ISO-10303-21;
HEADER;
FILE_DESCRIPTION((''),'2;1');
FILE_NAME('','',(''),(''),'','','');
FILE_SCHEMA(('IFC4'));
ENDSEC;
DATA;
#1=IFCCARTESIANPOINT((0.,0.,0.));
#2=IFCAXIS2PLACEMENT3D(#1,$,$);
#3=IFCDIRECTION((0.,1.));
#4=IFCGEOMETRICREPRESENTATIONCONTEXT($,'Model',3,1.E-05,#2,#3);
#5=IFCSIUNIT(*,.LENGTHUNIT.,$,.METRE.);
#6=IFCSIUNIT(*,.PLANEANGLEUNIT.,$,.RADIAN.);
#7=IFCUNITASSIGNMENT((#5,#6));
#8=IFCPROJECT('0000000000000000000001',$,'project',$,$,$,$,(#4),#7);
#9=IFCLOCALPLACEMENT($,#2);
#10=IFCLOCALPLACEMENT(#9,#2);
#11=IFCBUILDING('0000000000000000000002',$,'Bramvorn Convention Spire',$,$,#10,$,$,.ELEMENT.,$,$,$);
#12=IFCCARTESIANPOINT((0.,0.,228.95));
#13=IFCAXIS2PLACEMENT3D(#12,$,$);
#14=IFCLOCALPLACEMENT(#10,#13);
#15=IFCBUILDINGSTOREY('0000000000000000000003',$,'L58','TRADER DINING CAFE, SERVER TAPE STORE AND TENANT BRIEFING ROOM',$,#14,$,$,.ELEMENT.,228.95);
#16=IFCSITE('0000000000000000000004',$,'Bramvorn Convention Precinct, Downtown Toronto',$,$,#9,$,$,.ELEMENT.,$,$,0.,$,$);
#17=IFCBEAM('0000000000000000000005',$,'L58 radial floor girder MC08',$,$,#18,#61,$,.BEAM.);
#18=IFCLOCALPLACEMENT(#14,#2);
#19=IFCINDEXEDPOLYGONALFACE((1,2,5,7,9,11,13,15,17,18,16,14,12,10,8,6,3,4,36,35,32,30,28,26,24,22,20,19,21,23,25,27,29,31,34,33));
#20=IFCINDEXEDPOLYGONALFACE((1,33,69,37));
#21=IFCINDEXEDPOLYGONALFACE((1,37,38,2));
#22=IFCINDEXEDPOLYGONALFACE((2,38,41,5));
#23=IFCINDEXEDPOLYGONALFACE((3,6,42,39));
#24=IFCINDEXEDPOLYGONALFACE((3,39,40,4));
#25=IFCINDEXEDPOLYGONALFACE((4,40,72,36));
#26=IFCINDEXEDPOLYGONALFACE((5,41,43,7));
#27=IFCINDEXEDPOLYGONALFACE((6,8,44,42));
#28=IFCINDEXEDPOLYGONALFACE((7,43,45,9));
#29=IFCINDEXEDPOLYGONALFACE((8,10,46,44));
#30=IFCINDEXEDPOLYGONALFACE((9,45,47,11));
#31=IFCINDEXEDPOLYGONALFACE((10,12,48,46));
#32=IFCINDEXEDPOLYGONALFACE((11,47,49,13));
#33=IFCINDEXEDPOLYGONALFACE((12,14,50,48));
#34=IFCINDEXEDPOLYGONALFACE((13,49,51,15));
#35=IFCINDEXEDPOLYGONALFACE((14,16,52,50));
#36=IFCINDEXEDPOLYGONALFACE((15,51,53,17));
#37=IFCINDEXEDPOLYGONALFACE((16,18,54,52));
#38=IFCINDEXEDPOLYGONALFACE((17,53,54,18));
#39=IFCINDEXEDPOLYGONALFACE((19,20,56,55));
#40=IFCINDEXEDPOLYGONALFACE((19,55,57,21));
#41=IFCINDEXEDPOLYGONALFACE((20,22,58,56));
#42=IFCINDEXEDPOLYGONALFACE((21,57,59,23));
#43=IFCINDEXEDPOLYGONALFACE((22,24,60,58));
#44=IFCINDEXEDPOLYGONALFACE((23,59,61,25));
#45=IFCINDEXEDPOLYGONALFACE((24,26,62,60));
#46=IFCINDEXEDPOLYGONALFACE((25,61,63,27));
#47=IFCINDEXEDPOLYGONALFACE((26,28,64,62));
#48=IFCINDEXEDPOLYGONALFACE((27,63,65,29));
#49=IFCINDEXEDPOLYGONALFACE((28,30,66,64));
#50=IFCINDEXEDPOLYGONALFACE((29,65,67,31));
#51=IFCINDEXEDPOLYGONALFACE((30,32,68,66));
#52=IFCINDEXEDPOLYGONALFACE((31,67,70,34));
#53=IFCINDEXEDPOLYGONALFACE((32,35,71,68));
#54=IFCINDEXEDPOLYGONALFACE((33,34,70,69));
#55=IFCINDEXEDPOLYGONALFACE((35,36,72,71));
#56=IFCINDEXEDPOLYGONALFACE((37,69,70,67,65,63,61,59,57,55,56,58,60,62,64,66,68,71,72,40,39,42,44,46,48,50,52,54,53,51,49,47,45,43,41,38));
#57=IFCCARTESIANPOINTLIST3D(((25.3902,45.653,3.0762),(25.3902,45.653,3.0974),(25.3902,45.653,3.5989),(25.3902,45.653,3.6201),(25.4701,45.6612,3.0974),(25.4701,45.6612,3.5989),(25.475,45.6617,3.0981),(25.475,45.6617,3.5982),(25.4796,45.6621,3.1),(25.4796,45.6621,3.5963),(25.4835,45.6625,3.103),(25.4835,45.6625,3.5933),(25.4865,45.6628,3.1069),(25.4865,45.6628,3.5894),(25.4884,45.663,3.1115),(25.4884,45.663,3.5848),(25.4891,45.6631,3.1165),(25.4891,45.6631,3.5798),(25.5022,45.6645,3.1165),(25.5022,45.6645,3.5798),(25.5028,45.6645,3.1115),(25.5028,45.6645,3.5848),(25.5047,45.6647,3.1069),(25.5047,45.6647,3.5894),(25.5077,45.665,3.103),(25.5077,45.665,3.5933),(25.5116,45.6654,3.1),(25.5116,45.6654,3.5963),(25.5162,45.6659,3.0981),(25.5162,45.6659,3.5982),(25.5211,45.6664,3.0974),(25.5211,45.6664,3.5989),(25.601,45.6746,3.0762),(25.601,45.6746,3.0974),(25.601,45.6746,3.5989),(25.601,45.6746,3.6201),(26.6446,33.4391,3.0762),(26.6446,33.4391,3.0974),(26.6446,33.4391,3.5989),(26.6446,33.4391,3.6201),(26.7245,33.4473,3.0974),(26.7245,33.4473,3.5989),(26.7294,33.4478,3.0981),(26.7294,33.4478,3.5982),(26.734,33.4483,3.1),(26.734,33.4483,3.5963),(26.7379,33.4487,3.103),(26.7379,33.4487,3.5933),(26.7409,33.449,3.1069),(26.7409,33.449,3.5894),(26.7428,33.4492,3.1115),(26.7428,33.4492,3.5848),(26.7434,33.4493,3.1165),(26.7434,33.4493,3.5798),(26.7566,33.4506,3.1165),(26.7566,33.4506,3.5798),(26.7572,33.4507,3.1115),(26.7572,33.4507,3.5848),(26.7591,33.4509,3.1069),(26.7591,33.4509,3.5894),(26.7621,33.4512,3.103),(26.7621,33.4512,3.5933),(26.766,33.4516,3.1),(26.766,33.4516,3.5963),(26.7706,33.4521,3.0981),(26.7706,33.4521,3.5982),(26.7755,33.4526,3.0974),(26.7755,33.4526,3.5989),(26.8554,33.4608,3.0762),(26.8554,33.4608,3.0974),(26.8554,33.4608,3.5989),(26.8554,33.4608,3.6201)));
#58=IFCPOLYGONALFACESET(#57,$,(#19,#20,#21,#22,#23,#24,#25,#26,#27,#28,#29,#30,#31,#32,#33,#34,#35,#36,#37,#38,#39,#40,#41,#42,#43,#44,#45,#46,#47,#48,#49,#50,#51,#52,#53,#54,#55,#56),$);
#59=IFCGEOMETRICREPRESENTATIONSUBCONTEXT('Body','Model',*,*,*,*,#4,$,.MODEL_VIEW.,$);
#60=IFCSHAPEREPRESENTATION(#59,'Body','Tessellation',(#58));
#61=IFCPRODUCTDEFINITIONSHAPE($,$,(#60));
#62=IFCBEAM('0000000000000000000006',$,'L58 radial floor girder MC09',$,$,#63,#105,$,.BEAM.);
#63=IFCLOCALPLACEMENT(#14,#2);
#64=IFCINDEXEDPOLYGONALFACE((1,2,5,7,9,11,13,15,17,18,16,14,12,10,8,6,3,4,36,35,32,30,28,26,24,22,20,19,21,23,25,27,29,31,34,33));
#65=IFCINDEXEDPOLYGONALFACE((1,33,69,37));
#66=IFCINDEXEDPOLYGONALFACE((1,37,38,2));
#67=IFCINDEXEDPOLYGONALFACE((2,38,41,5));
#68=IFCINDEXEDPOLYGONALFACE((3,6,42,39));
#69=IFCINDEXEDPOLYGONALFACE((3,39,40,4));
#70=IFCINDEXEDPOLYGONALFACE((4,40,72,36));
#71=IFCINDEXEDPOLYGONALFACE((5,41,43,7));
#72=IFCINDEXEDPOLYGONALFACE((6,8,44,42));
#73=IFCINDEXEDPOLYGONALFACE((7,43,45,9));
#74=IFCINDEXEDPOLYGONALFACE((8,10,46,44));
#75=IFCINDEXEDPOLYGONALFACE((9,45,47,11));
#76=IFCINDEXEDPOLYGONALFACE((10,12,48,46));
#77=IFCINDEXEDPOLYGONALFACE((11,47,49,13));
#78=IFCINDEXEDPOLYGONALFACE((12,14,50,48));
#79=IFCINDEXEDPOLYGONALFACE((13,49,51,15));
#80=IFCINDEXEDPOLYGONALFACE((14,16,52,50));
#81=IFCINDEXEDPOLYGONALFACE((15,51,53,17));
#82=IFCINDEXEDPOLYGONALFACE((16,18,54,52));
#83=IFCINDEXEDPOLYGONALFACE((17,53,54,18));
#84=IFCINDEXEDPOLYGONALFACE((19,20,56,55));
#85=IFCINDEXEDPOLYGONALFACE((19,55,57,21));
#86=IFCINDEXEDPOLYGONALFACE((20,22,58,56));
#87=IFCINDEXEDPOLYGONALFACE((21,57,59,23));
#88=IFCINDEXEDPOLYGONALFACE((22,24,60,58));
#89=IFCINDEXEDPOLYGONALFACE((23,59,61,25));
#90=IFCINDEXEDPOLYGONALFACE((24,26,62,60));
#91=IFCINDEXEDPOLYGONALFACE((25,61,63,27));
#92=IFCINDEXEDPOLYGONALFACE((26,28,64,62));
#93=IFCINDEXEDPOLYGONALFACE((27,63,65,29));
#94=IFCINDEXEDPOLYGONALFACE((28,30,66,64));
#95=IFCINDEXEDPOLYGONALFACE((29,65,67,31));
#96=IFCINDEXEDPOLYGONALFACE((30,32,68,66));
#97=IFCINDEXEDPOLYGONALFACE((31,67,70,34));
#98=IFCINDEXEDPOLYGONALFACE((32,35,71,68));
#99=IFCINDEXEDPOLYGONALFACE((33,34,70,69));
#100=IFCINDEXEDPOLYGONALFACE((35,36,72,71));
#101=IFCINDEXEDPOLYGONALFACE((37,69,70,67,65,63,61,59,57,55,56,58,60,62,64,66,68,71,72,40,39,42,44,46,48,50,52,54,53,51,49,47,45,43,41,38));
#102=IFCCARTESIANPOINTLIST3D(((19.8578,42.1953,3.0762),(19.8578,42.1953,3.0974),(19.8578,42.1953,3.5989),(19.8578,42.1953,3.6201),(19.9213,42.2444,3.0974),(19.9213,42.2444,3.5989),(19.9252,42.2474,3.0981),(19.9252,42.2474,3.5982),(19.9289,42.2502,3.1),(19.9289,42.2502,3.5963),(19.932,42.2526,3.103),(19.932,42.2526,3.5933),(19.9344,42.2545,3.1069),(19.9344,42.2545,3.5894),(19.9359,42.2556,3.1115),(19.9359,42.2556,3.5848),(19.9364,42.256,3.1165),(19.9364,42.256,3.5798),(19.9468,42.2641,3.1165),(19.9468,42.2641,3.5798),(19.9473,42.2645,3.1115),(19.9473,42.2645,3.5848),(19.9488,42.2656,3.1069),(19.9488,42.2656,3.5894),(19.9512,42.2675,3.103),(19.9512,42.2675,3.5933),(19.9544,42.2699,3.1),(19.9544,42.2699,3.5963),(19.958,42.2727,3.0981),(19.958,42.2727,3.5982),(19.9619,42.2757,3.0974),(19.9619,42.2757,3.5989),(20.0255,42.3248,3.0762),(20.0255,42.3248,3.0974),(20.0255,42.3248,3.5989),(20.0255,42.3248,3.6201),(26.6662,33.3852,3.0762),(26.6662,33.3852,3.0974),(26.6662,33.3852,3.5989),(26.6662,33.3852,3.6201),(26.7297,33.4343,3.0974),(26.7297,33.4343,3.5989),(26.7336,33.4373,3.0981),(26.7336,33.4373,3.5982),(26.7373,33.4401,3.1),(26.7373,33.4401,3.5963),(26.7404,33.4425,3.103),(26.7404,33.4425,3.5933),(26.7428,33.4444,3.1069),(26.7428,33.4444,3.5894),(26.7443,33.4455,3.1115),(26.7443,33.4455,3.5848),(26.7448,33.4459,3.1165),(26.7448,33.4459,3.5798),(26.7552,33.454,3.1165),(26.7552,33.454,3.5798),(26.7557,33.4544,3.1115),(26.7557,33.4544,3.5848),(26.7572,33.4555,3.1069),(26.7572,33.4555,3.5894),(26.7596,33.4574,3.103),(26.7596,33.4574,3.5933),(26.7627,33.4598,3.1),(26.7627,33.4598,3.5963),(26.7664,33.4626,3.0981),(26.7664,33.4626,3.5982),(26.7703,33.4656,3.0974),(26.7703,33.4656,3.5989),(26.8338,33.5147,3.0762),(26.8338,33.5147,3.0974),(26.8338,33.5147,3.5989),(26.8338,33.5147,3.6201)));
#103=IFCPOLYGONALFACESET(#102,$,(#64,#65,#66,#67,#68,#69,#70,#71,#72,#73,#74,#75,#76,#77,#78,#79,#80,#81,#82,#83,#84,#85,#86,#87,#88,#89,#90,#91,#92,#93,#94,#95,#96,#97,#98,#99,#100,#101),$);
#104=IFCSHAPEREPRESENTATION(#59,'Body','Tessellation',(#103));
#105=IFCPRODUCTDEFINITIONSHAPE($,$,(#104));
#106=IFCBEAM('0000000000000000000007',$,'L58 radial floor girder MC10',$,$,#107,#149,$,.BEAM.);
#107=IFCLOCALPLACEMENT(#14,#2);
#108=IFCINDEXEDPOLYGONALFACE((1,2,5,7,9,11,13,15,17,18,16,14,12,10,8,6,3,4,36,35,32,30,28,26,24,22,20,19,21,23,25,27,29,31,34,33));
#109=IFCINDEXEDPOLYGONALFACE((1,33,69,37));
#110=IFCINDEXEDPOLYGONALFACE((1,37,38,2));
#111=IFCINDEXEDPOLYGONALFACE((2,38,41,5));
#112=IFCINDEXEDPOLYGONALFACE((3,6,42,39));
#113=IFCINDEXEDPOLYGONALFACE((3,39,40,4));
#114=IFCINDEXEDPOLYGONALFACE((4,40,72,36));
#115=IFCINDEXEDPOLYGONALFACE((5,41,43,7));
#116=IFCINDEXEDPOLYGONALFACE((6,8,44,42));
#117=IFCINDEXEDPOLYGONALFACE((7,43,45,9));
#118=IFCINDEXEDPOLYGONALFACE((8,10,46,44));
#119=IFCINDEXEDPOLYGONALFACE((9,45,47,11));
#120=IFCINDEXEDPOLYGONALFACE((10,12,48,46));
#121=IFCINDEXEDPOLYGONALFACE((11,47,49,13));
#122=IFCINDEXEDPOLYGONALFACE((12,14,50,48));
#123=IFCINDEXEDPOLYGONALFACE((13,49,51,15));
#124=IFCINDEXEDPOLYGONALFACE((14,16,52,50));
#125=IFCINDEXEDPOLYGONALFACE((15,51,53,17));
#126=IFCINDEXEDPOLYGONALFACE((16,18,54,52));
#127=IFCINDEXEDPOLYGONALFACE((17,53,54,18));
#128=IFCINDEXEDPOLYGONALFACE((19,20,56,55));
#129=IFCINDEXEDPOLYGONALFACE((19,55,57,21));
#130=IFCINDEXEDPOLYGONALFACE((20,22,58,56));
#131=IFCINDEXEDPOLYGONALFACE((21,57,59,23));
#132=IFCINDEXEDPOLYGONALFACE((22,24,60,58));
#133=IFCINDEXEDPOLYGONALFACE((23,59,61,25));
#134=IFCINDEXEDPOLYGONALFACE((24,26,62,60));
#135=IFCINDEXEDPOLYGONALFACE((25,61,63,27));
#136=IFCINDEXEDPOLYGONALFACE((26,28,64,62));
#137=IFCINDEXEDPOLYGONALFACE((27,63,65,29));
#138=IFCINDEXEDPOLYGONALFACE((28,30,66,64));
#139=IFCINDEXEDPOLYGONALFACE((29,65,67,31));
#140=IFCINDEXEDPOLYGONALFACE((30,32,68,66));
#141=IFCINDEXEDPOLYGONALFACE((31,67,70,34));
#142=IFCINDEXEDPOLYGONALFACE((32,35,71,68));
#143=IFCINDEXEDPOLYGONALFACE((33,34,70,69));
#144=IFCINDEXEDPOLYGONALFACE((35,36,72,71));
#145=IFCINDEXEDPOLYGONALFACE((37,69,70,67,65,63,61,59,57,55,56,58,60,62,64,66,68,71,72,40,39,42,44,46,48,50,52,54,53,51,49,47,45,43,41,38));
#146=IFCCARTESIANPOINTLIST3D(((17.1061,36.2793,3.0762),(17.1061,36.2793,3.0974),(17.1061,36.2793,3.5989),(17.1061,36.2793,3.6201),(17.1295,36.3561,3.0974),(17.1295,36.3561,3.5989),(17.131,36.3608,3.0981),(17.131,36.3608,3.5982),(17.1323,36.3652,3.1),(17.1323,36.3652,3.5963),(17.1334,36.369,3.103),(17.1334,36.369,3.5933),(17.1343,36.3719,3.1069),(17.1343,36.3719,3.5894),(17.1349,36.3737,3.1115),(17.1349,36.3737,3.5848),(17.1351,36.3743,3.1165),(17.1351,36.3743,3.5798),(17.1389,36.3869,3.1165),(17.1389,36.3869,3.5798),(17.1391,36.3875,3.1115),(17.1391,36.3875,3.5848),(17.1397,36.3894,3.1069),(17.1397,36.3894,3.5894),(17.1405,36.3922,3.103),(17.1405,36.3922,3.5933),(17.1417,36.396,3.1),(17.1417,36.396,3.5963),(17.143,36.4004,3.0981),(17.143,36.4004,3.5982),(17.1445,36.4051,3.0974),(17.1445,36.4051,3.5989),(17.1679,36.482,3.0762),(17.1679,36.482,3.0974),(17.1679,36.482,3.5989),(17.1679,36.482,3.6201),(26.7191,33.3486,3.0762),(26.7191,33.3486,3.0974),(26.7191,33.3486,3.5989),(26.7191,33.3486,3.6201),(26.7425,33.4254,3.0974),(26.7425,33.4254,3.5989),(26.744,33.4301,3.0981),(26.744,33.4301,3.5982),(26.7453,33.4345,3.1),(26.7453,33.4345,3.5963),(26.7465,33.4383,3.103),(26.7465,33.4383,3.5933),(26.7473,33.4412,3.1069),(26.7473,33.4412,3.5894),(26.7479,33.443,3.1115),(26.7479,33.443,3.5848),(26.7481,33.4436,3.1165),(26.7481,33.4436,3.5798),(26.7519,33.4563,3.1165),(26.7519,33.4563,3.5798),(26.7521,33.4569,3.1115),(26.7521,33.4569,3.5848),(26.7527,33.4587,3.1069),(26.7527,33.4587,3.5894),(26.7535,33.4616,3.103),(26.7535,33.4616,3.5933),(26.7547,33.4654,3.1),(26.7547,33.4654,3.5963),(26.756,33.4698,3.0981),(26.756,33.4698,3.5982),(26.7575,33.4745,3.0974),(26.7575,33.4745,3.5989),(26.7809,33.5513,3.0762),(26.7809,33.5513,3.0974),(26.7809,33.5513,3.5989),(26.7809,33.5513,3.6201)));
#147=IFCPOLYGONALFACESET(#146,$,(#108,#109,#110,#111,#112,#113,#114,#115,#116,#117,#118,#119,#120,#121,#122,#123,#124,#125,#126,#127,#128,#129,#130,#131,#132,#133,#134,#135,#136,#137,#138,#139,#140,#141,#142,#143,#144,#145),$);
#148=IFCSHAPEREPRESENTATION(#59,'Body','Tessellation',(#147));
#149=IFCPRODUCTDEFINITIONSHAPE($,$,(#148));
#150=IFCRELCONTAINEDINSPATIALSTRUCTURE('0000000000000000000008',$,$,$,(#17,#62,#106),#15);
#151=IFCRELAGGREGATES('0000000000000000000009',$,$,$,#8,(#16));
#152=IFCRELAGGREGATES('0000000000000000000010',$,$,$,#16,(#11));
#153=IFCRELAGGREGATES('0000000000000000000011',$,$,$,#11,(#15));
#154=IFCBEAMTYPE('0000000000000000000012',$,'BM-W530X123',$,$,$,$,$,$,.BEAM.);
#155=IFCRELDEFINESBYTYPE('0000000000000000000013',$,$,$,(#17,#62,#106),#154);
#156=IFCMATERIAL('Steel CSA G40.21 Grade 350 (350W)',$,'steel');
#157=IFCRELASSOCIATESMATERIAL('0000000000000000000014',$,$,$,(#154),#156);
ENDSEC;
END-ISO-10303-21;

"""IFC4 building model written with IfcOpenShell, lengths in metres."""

from ifc_helpers import new_model, si_unit, direction, frame, origin, origin_2d, place, context, subcontext, project, spatial, i_section, extrude, material, material_profile, profile_set, type_object, element, save


model = new_model("IFC4")

# Units and contexts
model_context = context("Model", 3, precision=1e-05, world=origin(), true_north=direction((0.0, 1.0)))
body_context = subcontext(model_context, "Body", "Model", "MODEL_VIEW")
ifc_project = project(units=[si_unit("LENGTHUNIT", "METRE"), si_unit("PLANEANGLEUNIT", "RADIAN")], contexts=[model_context])

# Site, building, storey
site_placement = place(None, origin())
site = spatial("IfcSite", under=ifc_project, at=site_placement, Name="Bramvorn Convention Precinct, Downtown Toronto", CompositionType="ELEMENT", RefElevation=0.0)
building_placement = place(site_placement, origin())
building = spatial("IfcBuilding", under=site, at=building_placement, Name="Bramvorn Convention Spire", CompositionType="ELEMENT")
storey_placement = place(building_placement, frame((0.0, 0.0, 228.95)))
storey = spatial("IfcBuildingStorey", under=building, at=storey_placement, Name="L58", Description="TRADER DINING CAFE, SERVER TAPE STORE AND TENANT BRIEFING ROOM", CompositionType="ELEMENT", Elevation=228.95)

# Shared definitions
ifc_material_1 = material(Name="Steel CSA G40.21 Grade 350 (350W)", Category="steel")

# Beams
ifc_material_profile_1 = material_profile(ifc_material_1, i_section(OverallWidth=0.2119, OverallDepth=0.5439, WebThickness=0.0132, FlangeThickness=0.0212, FilletRadius=0.019, at=origin_2d()))
ifc_profile_set_1 = profile_set([ifc_material_profile_1], Name="Steel CSA G40.21 Grade 350 (350W) - W530X123")
beam_type_1 = type_object("IfcBeamType", Name="BM-W530X123", PredefinedType="BEAM", material=ifc_profile_set_1)
beam_1_placement = place(storey_placement, frame((26.75, 33.45, 3.3481), z_axis=(-0.102165, 0.994767, 0.0), x_axis=(-0.994767, -0.102165, 0.0)))
element("IfcBeam", 1, at=beam_1_placement, inside=storey, type_object=beam_type_1, Name="L58 radial floor girder MC08", PredefinedType="BEAM", context=body_context, shape_type="SweptSolid", body=[
    extrude(i_section(OverallWidth=0.2119, OverallDepth=0.5439, WebThickness=0.0132, FlangeThickness=0.0212, FilletRadius=0.019, at=origin_2d()), origin(), (0.0, 0.0, 1.0), 12.2781),
])
beam_2_placement = place(storey_placement, frame((26.75, 33.45, 3.3481), z_axis=(-0.61148, 0.79126, 0.0), x_axis=(-0.79126, -0.61148, 0.0)))
element("IfcBeam", 2, at=beam_2_placement, inside=storey, type_object=beam_type_1, Name="L58 radial floor girder MC09", PredefinedType="BEAM", context=body_context, shape_type="SweptSolid", body=[
    extrude(i_section(OverallWidth=0.2119, OverallDepth=0.5439, WebThickness=0.0132, FlangeThickness=0.0212, FilletRadius=0.019, at=origin_2d()), origin(), (0.0, 0.0, 1.0), 11.1343),
])
beam_3_placement = place(storey_placement, frame((26.75, 33.45, 3.3481), z_axis=(-0.956536, 0.291613, 0.0), x_axis=(-0.291613, -0.956536, 0.0)))
element("IfcBeam", 3, at=beam_3_placement, inside=storey, type_object=beam_type_1, Name="L58 radial floor girder MC10", PredefinedType="BEAM", context=body_context, shape_type="SweptSolid", body=[
    extrude(i_section(OverallWidth=0.2119, OverallDepth=0.5439, WebThickness=0.0132, FlangeThickness=0.0212, FilletRadius=0.019, at=origin_2d()), origin(), (0.0, 0.0, 1.0), 10.0498),
])

save(model, "model.ifc")
